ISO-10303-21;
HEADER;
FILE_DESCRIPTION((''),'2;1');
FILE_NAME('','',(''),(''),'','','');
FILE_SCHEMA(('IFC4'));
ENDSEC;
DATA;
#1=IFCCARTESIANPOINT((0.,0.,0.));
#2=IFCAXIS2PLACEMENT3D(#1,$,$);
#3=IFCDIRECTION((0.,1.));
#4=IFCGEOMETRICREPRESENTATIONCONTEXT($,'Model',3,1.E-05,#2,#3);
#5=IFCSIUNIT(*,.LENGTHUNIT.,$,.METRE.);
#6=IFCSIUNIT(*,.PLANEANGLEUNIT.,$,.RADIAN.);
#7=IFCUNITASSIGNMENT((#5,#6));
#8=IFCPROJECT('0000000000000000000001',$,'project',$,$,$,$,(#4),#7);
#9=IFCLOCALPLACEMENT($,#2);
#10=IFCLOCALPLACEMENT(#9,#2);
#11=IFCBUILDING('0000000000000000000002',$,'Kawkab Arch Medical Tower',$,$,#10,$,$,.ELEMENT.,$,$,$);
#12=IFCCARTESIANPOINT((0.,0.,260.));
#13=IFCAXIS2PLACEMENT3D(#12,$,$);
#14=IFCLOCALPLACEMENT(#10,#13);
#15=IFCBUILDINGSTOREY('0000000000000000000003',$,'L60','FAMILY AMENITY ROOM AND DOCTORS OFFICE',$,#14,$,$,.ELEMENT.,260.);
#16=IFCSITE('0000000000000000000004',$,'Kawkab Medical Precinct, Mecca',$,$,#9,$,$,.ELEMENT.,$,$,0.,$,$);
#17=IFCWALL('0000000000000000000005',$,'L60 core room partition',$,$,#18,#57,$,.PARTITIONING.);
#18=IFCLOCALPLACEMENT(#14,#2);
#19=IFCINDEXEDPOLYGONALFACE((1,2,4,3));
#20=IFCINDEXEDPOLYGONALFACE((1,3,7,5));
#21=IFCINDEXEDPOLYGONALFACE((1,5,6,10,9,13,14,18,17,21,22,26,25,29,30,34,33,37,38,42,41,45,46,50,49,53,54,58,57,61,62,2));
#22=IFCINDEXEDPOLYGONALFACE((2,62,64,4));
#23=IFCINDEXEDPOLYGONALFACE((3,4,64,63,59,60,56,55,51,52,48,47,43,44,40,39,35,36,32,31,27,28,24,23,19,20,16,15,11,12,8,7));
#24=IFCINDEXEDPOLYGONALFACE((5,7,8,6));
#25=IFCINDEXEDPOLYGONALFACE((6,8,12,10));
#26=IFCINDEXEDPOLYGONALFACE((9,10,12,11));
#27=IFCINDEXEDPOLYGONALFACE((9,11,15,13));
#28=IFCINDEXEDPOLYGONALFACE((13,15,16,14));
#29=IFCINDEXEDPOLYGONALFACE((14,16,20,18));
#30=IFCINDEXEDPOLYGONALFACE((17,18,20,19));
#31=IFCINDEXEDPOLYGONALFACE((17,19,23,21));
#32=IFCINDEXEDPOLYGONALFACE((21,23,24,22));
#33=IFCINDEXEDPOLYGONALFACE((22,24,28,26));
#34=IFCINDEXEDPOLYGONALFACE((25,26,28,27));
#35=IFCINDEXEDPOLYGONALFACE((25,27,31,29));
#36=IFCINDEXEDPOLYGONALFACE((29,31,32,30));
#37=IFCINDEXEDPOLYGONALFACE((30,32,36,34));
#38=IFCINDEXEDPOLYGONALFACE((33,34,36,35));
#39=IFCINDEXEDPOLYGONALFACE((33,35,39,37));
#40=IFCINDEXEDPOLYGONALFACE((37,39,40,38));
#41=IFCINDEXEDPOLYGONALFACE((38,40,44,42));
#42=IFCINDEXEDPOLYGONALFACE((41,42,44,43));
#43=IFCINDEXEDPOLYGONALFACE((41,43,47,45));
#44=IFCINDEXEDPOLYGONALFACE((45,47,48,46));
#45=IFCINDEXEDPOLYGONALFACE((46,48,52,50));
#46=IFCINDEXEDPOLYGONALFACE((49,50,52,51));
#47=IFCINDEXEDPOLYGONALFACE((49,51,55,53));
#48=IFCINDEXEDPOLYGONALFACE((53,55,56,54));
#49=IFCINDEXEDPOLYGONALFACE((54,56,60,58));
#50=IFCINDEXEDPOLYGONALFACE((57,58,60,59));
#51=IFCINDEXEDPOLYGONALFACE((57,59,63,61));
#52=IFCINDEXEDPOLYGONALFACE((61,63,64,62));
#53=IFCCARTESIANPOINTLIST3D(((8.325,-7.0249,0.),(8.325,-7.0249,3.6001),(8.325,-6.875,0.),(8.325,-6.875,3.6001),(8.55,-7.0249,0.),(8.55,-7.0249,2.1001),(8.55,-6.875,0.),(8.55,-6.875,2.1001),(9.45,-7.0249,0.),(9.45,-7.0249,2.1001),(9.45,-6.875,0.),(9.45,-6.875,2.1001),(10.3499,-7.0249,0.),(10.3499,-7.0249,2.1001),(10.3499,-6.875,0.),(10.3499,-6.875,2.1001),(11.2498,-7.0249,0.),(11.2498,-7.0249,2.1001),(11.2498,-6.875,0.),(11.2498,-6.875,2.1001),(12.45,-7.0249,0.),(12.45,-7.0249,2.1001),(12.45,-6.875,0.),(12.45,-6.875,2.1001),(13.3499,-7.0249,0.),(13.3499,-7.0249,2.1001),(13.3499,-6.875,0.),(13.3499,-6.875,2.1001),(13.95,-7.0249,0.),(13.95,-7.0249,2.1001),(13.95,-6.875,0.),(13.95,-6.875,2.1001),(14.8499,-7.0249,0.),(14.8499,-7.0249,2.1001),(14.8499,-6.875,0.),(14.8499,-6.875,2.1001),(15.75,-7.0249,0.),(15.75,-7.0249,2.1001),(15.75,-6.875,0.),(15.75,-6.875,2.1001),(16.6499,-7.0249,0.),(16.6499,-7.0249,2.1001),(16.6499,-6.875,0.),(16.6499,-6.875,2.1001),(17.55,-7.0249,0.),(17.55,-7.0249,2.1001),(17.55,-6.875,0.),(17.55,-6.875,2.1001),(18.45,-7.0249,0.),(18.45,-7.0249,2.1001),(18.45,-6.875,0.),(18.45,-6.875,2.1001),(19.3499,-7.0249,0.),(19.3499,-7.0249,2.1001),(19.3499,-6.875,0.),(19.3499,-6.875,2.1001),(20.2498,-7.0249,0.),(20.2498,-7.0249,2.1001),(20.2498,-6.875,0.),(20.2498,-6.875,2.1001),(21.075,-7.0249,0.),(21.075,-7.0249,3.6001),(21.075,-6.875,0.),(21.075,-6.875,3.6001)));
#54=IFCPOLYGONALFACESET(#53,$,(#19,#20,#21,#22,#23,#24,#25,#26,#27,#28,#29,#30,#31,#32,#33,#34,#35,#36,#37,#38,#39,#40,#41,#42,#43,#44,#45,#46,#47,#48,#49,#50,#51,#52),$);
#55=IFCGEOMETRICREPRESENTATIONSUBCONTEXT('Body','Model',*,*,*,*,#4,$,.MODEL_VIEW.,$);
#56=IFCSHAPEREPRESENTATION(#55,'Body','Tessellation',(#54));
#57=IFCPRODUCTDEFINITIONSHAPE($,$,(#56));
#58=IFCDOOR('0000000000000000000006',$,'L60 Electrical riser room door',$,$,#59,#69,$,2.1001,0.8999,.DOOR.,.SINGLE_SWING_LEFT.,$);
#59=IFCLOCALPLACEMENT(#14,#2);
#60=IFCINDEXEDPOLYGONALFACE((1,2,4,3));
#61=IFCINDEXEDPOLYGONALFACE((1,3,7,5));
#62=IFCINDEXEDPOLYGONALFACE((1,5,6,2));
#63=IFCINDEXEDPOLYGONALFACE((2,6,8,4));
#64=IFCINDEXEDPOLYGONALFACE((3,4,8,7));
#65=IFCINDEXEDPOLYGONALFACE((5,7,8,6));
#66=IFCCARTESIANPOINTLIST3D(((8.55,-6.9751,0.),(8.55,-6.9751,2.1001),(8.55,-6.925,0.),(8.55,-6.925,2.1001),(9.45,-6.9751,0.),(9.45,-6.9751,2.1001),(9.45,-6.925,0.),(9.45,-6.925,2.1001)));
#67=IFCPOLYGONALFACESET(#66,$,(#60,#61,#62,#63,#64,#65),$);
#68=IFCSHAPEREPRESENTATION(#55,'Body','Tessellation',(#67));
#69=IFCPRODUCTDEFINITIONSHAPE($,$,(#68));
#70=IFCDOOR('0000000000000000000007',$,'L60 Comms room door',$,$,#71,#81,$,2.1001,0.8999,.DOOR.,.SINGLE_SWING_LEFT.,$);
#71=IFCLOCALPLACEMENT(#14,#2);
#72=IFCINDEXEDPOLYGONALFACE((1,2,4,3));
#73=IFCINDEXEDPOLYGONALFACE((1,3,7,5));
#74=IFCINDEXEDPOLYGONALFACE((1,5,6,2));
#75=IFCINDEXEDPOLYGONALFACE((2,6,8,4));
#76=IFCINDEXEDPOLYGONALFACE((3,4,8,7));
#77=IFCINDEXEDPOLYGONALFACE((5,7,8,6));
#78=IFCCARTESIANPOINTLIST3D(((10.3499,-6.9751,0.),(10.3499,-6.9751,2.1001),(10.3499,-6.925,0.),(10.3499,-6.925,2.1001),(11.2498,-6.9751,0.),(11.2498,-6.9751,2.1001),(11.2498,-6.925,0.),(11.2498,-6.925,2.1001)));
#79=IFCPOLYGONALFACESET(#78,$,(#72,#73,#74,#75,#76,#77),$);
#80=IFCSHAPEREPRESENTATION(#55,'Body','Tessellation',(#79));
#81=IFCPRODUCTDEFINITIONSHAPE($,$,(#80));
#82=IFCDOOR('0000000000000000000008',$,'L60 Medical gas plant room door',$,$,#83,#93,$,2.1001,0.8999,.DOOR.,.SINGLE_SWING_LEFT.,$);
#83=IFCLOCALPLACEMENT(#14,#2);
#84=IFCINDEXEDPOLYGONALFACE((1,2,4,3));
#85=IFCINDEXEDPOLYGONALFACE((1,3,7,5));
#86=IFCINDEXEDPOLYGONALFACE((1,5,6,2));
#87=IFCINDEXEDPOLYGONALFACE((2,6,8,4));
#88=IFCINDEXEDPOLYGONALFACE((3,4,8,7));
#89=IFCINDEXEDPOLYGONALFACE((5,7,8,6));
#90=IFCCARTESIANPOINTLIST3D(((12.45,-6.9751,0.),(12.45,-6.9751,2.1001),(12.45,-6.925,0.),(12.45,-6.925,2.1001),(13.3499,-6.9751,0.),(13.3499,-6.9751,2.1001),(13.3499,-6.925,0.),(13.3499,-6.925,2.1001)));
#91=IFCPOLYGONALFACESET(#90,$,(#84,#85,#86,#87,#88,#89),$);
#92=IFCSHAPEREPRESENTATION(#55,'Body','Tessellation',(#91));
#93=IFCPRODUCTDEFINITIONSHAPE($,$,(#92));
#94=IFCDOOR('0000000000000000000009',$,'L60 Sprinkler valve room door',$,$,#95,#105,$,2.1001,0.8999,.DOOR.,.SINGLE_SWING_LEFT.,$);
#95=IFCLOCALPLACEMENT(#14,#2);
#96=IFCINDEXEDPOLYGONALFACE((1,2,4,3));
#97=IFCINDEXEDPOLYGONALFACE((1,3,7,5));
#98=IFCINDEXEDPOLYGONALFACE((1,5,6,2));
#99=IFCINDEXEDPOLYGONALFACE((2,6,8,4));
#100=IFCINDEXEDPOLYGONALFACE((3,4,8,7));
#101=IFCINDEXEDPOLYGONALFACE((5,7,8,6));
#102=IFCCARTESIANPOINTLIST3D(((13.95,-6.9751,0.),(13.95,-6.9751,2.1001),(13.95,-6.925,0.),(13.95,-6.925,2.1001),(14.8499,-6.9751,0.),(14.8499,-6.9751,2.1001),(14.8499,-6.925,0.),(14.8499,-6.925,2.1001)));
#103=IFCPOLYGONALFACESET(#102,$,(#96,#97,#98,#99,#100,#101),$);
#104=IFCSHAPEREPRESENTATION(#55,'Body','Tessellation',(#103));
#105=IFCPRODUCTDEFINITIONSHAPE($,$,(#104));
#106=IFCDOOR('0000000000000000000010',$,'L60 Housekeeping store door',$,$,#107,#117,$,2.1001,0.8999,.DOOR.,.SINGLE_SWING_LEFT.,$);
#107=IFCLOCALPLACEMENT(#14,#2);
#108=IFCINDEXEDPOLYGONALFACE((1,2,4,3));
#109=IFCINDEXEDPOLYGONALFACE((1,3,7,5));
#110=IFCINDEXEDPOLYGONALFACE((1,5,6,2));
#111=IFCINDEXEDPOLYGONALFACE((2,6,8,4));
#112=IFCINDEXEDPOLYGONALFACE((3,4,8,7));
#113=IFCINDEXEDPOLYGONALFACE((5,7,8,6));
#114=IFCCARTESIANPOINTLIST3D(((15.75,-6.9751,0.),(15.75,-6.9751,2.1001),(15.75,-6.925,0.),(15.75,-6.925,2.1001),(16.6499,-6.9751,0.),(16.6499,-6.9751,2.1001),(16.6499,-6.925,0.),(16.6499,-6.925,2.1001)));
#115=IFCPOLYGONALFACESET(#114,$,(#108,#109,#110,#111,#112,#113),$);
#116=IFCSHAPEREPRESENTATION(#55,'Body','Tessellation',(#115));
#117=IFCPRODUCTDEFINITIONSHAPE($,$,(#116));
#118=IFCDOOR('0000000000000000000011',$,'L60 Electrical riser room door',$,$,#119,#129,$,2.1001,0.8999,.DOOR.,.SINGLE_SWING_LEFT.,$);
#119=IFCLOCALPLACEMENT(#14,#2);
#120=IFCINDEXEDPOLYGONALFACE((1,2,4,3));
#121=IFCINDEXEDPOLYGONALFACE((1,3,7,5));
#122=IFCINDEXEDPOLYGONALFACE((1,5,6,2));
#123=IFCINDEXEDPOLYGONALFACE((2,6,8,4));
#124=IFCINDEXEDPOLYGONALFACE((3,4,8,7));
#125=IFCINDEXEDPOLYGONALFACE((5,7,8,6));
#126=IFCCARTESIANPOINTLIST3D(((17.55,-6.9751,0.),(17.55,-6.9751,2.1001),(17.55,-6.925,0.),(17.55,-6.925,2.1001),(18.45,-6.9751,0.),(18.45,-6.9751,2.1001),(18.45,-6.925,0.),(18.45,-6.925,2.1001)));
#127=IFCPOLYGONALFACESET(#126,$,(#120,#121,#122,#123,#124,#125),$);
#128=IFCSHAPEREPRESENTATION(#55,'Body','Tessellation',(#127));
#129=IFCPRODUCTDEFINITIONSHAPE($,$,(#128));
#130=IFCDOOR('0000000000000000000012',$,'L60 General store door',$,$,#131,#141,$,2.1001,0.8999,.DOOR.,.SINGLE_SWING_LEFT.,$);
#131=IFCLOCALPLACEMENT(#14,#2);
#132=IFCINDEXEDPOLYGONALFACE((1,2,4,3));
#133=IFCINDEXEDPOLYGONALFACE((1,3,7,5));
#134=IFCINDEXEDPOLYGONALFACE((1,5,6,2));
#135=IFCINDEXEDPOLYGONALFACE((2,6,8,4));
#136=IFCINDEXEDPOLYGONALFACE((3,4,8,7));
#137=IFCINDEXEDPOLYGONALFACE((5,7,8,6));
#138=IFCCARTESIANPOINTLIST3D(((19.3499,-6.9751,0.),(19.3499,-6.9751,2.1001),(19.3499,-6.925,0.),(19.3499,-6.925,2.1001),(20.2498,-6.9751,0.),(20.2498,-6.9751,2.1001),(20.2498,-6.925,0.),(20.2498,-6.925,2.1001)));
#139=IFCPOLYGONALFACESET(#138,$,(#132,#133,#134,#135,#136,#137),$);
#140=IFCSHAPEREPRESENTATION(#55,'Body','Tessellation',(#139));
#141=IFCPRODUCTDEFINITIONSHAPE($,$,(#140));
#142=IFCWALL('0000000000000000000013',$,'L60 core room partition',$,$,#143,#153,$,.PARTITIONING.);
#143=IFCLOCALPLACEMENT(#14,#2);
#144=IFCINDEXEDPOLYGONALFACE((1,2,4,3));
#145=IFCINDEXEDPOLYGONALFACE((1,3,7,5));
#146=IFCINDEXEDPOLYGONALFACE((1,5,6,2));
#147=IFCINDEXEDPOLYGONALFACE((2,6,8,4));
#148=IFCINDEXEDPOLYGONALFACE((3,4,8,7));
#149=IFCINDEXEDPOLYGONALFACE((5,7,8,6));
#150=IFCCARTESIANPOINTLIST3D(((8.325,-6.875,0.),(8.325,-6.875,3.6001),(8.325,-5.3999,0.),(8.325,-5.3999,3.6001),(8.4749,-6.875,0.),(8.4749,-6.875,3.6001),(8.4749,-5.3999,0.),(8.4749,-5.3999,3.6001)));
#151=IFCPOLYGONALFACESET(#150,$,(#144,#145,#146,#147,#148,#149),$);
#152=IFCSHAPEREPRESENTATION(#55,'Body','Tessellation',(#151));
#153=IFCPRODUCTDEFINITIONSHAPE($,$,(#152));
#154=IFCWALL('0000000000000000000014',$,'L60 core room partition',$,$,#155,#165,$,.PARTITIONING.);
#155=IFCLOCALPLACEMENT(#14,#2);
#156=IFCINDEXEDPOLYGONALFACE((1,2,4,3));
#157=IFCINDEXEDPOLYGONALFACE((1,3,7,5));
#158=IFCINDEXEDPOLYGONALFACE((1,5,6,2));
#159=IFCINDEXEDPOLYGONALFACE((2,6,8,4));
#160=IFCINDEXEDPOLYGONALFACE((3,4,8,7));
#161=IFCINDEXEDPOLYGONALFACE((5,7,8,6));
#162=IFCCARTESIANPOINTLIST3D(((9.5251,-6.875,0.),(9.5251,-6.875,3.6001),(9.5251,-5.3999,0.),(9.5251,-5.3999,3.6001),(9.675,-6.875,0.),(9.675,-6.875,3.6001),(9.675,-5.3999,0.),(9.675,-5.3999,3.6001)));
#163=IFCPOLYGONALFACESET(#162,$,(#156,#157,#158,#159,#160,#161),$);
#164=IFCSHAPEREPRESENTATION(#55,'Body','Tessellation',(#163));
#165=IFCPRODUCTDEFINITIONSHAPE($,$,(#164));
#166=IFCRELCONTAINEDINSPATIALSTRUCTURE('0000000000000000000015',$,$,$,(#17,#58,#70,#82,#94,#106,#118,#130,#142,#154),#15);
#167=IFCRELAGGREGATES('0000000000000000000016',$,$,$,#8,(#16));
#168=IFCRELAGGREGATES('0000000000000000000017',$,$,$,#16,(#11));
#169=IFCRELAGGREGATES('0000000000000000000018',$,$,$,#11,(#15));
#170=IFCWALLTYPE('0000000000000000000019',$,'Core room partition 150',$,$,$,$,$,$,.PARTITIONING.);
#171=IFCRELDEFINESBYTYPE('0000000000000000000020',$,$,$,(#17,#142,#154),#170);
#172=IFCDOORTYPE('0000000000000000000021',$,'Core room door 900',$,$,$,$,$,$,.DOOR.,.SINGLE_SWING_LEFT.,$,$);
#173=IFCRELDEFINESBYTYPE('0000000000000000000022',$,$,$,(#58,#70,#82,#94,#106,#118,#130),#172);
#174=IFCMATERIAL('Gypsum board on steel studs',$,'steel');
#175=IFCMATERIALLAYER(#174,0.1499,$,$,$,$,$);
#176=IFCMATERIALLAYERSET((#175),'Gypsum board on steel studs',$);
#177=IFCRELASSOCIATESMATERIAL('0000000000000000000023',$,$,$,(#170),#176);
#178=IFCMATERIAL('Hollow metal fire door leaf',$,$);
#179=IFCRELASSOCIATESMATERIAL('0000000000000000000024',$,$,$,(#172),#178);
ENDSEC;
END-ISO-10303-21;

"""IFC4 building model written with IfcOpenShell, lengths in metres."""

from ifc_helpers import new_model, si_unit, direction, frame, frame_2d, origin, place, context, subcontext, project, spatial, rectangle, extrude, material, layer, layer_set, type_object, element, fill, save


model = new_model("IFC4")

# Units and contexts
model_context = context("Model", 3, precision=1e-05, world=origin(), true_north=direction((0.0, 1.0)))
body_context = subcontext(model_context, "Body", "Model", "MODEL_VIEW")
ifc_project = project(units=[si_unit("LENGTHUNIT", "METRE"), si_unit("PLANEANGLEUNIT", "RADIAN")], contexts=[model_context])

# Site, building, storey
site_placement = place(None, origin())
site = spatial("IfcSite", under=ifc_project, at=site_placement, Name="Kawkab Medical Precinct, Mecca", CompositionType="ELEMENT", RefElevation=0.0)
building_placement = place(site_placement, origin())
building = spatial("IfcBuilding", under=site, at=building_placement, Name="Kawkab Arch Medical Tower", CompositionType="ELEMENT")
storey_placement = place(building_placement, frame((0.0, 0.0, 260.0)))
storey = spatial("IfcBuildingStorey", under=building, at=storey_placement, Name="L60", Description="FAMILY AMENITY ROOM AND DOCTORS OFFICE", CompositionType="ELEMENT", Elevation=260.0)

# Wall, openings, doors
ifc_material_1 = material(Name="Gypsum board on steel studs", Category="steel")
ifc_layer_1 = layer(ifc_material_1, 0.1499)
ifc_layer_set_1 = layer_set([ifc_layer_1], Name="Gypsum board on steel studs")
wall_type_1 = type_object("IfcWallType", Name="Core room partition 150", PredefinedType="PARTITIONING", material=ifc_layer_set_1)
wall_1_placement = place(storey_placement, frame((8.325, -6.95, 0.0), z_axis=(0.0, 0.0, 1.0), x_axis=(1.0, 0.0, 0.0)))
wall_1 = element("IfcWall", 1, at=wall_1_placement, inside=storey, type_object=wall_type_1, Name="L60 core room partition", PredefinedType="PARTITIONING", context=body_context, shape_type="SweptSolid", body=[
    extrude(rectangle(XDim=12.75, YDim=0.1499, at=frame_2d((6.375, 0.0))), origin(), (0.0, 0.0, 1.0), 3.6001),
])
opening_1_placement = place(wall_1_placement, frame((0.2251, 0.0, 0.0)))
opening_1 = element("IfcOpeningElement", 2, at=opening_1_placement, cuts=wall_1, PredefinedType="OPENING", context=body_context, shape_type="SweptSolid", body=[
    extrude(rectangle(XDim=0.8999, YDim=2.1001, at=frame_2d((0.45, 1.05))), frame((0.0, 0.085, 0.0), z_axis=(0.0, -1.0, 0.0), x_axis=(1.0, 0.0, 0.0)), (0.0, 0.0, 1.0), 0.1699),
])
opening_2_placement = place(wall_1_placement, frame((2.0249, 0.0, 0.0)))
opening_2 = element("IfcOpeningElement", 3, at=opening_2_placement, cuts=wall_1, PredefinedType="OPENING", context=body_context, shape_type="SweptSolid", body=[
    extrude(rectangle(XDim=0.8999, YDim=2.1001, at=frame_2d((0.45, 1.05))), frame((0.0, 0.085, 0.0), z_axis=(0.0, -1.0, 0.0), x_axis=(1.0, 0.0, 0.0)), (0.0, 0.0, 1.0), 0.1699),
])
opening_3_placement = place(wall_1_placement, frame((4.125, 0.0, 0.0)))
opening_3 = element("IfcOpeningElement", 4, at=opening_3_placement, cuts=wall_1, PredefinedType="OPENING", context=body_context, shape_type="SweptSolid", body=[
    extrude(rectangle(XDim=0.8999, YDim=2.1001, at=frame_2d((0.45, 1.05))), frame((0.0, 0.085, 0.0), z_axis=(0.0, -1.0, 0.0), x_axis=(1.0, 0.0, 0.0)), (0.0, 0.0, 1.0), 0.1699),
])
opening_4_placement = place(wall_1_placement, frame((5.625, 0.0, 0.0)))
opening_4 = element("IfcOpeningElement", 5, at=opening_4_placement, cuts=wall_1, PredefinedType="OPENING", context=body_context, shape_type="SweptSolid", body=[
    extrude(rectangle(XDim=0.8999, YDim=2.1001, at=frame_2d((0.45, 1.05))), frame((0.0, 0.085, 0.0), z_axis=(0.0, -1.0, 0.0), x_axis=(1.0, 0.0, 0.0)), (0.0, 0.0, 1.0), 0.1699),
])
opening_5_placement = place(wall_1_placement, frame((7.425, 0.0, 0.0)))
opening_5 = element("IfcOpeningElement", 6, at=opening_5_placement, cuts=wall_1, PredefinedType="OPENING", context=body_context, shape_type="SweptSolid", body=[
    extrude(rectangle(XDim=0.8999, YDim=2.1001, at=frame_2d((0.45, 1.05))), frame((0.0, 0.085, 0.0), z_axis=(0.0, -1.0, 0.0), x_axis=(1.0, 0.0, 0.0)), (0.0, 0.0, 1.0), 0.1699),
])
opening_6_placement = place(wall_1_placement, frame((9.2251, 0.0, 0.0)))
opening_6 = element("IfcOpeningElement", 7, at=opening_6_placement, cuts=wall_1, PredefinedType="OPENING", context=body_context, shape_type="SweptSolid", body=[
    extrude(rectangle(XDim=0.8999, YDim=2.1001, at=frame_2d((0.45, 1.05))), frame((0.0, 0.085, 0.0), z_axis=(0.0, -1.0, 0.0), x_axis=(1.0, 0.0, 0.0)), (0.0, 0.0, 1.0), 0.1699),
])
opening_7_placement = place(wall_1_placement, frame((11.0249, 0.0, 0.0)))
opening_7 = element("IfcOpeningElement", 8, at=opening_7_placement, cuts=wall_1, PredefinedType="OPENING", context=body_context, shape_type="SweptSolid", body=[
    extrude(rectangle(XDim=0.8999, YDim=2.1001, at=frame_2d((0.45, 1.05))), frame((0.0, 0.085, 0.0), z_axis=(0.0, -1.0, 0.0), x_axis=(1.0, 0.0, 0.0)), (0.0, 0.0, 1.0), 0.1699),
])
ifc_material_2 = material(Name="Hollow metal fire door leaf")
door_type_1 = type_object("IfcDoorType", Name="Core room door 900", OperationType="SINGLE_SWING_LEFT", PredefinedType="DOOR", material=ifc_material_2)
door_1_placement = place(opening_1_placement, origin())
door_1 = element("IfcDoor", 9, at=door_1_placement, inside=storey, type_object=door_type_1, Name="L60 Electrical riser room door", OperationType="SINGLE_SWING_LEFT", OverallHeight=2.1001, OverallWidth=0.8999, PredefinedType="DOOR", context=body_context, shape_type="SweptSolid", body=[
    extrude(rectangle(XDim=0.8999, YDim=2.1001, at=frame_2d((0.45, 1.05))), frame((0.0, 0.0249, 0.0), z_axis=(0.0, -1.0, 0.0), x_axis=(1.0, 0.0, 0.0)), (0.0, 0.0, 1.0), 0.05),
])
fill(opening_1, door_1)
door_2_placement = place(opening_2_placement, origin())
door_2 = element("IfcDoor", 10, at=door_2_placement, inside=storey, type_object=door_type_1, Name="L60 Comms room door", OperationType="SINGLE_SWING_LEFT", OverallHeight=2.1001, OverallWidth=0.8999, PredefinedType="DOOR", context=body_context, shape_type="SweptSolid", body=[
    extrude(rectangle(XDim=0.8999, YDim=2.1001, at=frame_2d((0.45, 1.05))), frame((0.0, 0.0249, 0.0), z_axis=(0.0, -1.0, 0.0), x_axis=(1.0, 0.0, 0.0)), (0.0, 0.0, 1.0), 0.05),
])
fill(opening_2, door_2)
door_3_placement = place(opening_3_placement, origin())
door_3 = element("IfcDoor", 11, at=door_3_placement, inside=storey, type_object=door_type_1, Name="L60 Medical gas plant room door", OperationType="SINGLE_SWING_LEFT", OverallHeight=2.1001, OverallWidth=0.8999, PredefinedType="DOOR", context=body_context, shape_type="SweptSolid", body=[
    extrude(rectangle(XDim=0.8999, YDim=2.1001, at=frame_2d((0.45, 1.05))), frame((0.0, 0.0249, 0.0), z_axis=(0.0, -1.0, 0.0), x_axis=(1.0, 0.0, 0.0)), (0.0, 0.0, 1.0), 0.05),
])
fill(opening_3, door_3)
door_4_placement = place(opening_4_placement, origin())
door_4 = element("IfcDoor", 12, at=door_4_placement, inside=storey, type_object=door_type_1, Name="L60 Sprinkler valve room door", OperationType="SINGLE_SWING_LEFT", OverallHeight=2.1001, OverallWidth=0.8999, PredefinedType="DOOR", context=body_context, shape_type="SweptSolid", body=[
    extrude(rectangle(XDim=0.8999, YDim=2.1001, at=frame_2d((0.45, 1.05))), frame((0.0, 0.0249, 0.0), z_axis=(0.0, -1.0, 0.0), x_axis=(1.0, 0.0, 0.0)), (0.0, 0.0, 1.0), 0.05),
])
fill(opening_4, door_4)
door_5_placement = place(opening_5_placement, origin())
door_5 = element("IfcDoor", 13, at=door_5_placement, inside=storey, type_object=door_type_1, Name="L60 Housekeeping store door", OperationType="SINGLE_SWING_LEFT", OverallHeight=2.1001, OverallWidth=0.8999, PredefinedType="DOOR", context=body_context, shape_type="SweptSolid", body=[
    extrude(rectangle(XDim=0.8999, YDim=2.1001, at=frame_2d((0.45, 1.05))), frame((0.0, 0.0249, 0.0), z_axis=(0.0, -1.0, 0.0), x_axis=(1.0, 0.0, 0.0)), (0.0, 0.0, 1.0), 0.05),
])
fill(opening_5, door_5)
door_6_placement = place(opening_6_placement, origin())
door_6 = element("IfcDoor", 14, at=door_6_placement, inside=storey, type_object=door_type_1, Name="L60 Electrical riser room door", OperationType="SINGLE_SWING_LEFT", OverallHeight=2.1001, OverallWidth=0.8999, PredefinedType="DOOR", context=body_context, shape_type="SweptSolid", body=[
    extrude(rectangle(XDim=0.8999, YDim=2.1001, at=frame_2d((0.45, 1.05))), frame((0.0, 0.0249, 0.0), z_axis=(0.0, -1.0, 0.0), x_axis=(1.0, 0.0, 0.0)), (0.0, 0.0, 1.0), 0.05),
])
fill(opening_6, door_6)
door_7_placement = place(opening_7_placement, origin())
door_7 = element("IfcDoor", 15, at=door_7_placement, inside=storey, type_object=door_type_1, Name="L60 General store door", OperationType="SINGLE_SWING_LEFT", OverallHeight=2.1001, OverallWidth=0.8999, PredefinedType="DOOR", context=body_context, shape_type="SweptSolid", body=[
    extrude(rectangle(XDim=0.8999, YDim=2.1001, at=frame_2d((0.45, 1.05))), frame((0.0, 0.0249, 0.0), z_axis=(0.0, -1.0, 0.0), x_axis=(1.0, 0.0, 0.0)), (0.0, 0.0, 1.0), 0.05),
])
fill(opening_7, door_7)

# Walls
for number, where, z_axis, x_axis, name in (
    (16, (8.3999, -6.875, 0.0), (0.0, 0.0, 1.0), (0.0, 1.0, 0.0), "L60 core room partition"),
    (17, (9.6001, -6.875, 0.0), (0.0, 0.0, 1.0), (0.0, 1.0, 0.0), "L60 core room partition"),
):
    element("IfcWall", number, at=place(storey_placement, frame(where, z_axis=z_axis, x_axis=x_axis)), inside=storey, type_object=wall_type_1, Name=name, PredefinedType="PARTITIONING", context=body_context, shape_type="SweptSolid", body=[
        extrude(rectangle(XDim=1.4751, YDim=0.1499, at=frame_2d((0.7375, 0.0))), origin(), (0.0, 0.0, 1.0), 3.6001),
    ])

save(model, "model.ifc")
